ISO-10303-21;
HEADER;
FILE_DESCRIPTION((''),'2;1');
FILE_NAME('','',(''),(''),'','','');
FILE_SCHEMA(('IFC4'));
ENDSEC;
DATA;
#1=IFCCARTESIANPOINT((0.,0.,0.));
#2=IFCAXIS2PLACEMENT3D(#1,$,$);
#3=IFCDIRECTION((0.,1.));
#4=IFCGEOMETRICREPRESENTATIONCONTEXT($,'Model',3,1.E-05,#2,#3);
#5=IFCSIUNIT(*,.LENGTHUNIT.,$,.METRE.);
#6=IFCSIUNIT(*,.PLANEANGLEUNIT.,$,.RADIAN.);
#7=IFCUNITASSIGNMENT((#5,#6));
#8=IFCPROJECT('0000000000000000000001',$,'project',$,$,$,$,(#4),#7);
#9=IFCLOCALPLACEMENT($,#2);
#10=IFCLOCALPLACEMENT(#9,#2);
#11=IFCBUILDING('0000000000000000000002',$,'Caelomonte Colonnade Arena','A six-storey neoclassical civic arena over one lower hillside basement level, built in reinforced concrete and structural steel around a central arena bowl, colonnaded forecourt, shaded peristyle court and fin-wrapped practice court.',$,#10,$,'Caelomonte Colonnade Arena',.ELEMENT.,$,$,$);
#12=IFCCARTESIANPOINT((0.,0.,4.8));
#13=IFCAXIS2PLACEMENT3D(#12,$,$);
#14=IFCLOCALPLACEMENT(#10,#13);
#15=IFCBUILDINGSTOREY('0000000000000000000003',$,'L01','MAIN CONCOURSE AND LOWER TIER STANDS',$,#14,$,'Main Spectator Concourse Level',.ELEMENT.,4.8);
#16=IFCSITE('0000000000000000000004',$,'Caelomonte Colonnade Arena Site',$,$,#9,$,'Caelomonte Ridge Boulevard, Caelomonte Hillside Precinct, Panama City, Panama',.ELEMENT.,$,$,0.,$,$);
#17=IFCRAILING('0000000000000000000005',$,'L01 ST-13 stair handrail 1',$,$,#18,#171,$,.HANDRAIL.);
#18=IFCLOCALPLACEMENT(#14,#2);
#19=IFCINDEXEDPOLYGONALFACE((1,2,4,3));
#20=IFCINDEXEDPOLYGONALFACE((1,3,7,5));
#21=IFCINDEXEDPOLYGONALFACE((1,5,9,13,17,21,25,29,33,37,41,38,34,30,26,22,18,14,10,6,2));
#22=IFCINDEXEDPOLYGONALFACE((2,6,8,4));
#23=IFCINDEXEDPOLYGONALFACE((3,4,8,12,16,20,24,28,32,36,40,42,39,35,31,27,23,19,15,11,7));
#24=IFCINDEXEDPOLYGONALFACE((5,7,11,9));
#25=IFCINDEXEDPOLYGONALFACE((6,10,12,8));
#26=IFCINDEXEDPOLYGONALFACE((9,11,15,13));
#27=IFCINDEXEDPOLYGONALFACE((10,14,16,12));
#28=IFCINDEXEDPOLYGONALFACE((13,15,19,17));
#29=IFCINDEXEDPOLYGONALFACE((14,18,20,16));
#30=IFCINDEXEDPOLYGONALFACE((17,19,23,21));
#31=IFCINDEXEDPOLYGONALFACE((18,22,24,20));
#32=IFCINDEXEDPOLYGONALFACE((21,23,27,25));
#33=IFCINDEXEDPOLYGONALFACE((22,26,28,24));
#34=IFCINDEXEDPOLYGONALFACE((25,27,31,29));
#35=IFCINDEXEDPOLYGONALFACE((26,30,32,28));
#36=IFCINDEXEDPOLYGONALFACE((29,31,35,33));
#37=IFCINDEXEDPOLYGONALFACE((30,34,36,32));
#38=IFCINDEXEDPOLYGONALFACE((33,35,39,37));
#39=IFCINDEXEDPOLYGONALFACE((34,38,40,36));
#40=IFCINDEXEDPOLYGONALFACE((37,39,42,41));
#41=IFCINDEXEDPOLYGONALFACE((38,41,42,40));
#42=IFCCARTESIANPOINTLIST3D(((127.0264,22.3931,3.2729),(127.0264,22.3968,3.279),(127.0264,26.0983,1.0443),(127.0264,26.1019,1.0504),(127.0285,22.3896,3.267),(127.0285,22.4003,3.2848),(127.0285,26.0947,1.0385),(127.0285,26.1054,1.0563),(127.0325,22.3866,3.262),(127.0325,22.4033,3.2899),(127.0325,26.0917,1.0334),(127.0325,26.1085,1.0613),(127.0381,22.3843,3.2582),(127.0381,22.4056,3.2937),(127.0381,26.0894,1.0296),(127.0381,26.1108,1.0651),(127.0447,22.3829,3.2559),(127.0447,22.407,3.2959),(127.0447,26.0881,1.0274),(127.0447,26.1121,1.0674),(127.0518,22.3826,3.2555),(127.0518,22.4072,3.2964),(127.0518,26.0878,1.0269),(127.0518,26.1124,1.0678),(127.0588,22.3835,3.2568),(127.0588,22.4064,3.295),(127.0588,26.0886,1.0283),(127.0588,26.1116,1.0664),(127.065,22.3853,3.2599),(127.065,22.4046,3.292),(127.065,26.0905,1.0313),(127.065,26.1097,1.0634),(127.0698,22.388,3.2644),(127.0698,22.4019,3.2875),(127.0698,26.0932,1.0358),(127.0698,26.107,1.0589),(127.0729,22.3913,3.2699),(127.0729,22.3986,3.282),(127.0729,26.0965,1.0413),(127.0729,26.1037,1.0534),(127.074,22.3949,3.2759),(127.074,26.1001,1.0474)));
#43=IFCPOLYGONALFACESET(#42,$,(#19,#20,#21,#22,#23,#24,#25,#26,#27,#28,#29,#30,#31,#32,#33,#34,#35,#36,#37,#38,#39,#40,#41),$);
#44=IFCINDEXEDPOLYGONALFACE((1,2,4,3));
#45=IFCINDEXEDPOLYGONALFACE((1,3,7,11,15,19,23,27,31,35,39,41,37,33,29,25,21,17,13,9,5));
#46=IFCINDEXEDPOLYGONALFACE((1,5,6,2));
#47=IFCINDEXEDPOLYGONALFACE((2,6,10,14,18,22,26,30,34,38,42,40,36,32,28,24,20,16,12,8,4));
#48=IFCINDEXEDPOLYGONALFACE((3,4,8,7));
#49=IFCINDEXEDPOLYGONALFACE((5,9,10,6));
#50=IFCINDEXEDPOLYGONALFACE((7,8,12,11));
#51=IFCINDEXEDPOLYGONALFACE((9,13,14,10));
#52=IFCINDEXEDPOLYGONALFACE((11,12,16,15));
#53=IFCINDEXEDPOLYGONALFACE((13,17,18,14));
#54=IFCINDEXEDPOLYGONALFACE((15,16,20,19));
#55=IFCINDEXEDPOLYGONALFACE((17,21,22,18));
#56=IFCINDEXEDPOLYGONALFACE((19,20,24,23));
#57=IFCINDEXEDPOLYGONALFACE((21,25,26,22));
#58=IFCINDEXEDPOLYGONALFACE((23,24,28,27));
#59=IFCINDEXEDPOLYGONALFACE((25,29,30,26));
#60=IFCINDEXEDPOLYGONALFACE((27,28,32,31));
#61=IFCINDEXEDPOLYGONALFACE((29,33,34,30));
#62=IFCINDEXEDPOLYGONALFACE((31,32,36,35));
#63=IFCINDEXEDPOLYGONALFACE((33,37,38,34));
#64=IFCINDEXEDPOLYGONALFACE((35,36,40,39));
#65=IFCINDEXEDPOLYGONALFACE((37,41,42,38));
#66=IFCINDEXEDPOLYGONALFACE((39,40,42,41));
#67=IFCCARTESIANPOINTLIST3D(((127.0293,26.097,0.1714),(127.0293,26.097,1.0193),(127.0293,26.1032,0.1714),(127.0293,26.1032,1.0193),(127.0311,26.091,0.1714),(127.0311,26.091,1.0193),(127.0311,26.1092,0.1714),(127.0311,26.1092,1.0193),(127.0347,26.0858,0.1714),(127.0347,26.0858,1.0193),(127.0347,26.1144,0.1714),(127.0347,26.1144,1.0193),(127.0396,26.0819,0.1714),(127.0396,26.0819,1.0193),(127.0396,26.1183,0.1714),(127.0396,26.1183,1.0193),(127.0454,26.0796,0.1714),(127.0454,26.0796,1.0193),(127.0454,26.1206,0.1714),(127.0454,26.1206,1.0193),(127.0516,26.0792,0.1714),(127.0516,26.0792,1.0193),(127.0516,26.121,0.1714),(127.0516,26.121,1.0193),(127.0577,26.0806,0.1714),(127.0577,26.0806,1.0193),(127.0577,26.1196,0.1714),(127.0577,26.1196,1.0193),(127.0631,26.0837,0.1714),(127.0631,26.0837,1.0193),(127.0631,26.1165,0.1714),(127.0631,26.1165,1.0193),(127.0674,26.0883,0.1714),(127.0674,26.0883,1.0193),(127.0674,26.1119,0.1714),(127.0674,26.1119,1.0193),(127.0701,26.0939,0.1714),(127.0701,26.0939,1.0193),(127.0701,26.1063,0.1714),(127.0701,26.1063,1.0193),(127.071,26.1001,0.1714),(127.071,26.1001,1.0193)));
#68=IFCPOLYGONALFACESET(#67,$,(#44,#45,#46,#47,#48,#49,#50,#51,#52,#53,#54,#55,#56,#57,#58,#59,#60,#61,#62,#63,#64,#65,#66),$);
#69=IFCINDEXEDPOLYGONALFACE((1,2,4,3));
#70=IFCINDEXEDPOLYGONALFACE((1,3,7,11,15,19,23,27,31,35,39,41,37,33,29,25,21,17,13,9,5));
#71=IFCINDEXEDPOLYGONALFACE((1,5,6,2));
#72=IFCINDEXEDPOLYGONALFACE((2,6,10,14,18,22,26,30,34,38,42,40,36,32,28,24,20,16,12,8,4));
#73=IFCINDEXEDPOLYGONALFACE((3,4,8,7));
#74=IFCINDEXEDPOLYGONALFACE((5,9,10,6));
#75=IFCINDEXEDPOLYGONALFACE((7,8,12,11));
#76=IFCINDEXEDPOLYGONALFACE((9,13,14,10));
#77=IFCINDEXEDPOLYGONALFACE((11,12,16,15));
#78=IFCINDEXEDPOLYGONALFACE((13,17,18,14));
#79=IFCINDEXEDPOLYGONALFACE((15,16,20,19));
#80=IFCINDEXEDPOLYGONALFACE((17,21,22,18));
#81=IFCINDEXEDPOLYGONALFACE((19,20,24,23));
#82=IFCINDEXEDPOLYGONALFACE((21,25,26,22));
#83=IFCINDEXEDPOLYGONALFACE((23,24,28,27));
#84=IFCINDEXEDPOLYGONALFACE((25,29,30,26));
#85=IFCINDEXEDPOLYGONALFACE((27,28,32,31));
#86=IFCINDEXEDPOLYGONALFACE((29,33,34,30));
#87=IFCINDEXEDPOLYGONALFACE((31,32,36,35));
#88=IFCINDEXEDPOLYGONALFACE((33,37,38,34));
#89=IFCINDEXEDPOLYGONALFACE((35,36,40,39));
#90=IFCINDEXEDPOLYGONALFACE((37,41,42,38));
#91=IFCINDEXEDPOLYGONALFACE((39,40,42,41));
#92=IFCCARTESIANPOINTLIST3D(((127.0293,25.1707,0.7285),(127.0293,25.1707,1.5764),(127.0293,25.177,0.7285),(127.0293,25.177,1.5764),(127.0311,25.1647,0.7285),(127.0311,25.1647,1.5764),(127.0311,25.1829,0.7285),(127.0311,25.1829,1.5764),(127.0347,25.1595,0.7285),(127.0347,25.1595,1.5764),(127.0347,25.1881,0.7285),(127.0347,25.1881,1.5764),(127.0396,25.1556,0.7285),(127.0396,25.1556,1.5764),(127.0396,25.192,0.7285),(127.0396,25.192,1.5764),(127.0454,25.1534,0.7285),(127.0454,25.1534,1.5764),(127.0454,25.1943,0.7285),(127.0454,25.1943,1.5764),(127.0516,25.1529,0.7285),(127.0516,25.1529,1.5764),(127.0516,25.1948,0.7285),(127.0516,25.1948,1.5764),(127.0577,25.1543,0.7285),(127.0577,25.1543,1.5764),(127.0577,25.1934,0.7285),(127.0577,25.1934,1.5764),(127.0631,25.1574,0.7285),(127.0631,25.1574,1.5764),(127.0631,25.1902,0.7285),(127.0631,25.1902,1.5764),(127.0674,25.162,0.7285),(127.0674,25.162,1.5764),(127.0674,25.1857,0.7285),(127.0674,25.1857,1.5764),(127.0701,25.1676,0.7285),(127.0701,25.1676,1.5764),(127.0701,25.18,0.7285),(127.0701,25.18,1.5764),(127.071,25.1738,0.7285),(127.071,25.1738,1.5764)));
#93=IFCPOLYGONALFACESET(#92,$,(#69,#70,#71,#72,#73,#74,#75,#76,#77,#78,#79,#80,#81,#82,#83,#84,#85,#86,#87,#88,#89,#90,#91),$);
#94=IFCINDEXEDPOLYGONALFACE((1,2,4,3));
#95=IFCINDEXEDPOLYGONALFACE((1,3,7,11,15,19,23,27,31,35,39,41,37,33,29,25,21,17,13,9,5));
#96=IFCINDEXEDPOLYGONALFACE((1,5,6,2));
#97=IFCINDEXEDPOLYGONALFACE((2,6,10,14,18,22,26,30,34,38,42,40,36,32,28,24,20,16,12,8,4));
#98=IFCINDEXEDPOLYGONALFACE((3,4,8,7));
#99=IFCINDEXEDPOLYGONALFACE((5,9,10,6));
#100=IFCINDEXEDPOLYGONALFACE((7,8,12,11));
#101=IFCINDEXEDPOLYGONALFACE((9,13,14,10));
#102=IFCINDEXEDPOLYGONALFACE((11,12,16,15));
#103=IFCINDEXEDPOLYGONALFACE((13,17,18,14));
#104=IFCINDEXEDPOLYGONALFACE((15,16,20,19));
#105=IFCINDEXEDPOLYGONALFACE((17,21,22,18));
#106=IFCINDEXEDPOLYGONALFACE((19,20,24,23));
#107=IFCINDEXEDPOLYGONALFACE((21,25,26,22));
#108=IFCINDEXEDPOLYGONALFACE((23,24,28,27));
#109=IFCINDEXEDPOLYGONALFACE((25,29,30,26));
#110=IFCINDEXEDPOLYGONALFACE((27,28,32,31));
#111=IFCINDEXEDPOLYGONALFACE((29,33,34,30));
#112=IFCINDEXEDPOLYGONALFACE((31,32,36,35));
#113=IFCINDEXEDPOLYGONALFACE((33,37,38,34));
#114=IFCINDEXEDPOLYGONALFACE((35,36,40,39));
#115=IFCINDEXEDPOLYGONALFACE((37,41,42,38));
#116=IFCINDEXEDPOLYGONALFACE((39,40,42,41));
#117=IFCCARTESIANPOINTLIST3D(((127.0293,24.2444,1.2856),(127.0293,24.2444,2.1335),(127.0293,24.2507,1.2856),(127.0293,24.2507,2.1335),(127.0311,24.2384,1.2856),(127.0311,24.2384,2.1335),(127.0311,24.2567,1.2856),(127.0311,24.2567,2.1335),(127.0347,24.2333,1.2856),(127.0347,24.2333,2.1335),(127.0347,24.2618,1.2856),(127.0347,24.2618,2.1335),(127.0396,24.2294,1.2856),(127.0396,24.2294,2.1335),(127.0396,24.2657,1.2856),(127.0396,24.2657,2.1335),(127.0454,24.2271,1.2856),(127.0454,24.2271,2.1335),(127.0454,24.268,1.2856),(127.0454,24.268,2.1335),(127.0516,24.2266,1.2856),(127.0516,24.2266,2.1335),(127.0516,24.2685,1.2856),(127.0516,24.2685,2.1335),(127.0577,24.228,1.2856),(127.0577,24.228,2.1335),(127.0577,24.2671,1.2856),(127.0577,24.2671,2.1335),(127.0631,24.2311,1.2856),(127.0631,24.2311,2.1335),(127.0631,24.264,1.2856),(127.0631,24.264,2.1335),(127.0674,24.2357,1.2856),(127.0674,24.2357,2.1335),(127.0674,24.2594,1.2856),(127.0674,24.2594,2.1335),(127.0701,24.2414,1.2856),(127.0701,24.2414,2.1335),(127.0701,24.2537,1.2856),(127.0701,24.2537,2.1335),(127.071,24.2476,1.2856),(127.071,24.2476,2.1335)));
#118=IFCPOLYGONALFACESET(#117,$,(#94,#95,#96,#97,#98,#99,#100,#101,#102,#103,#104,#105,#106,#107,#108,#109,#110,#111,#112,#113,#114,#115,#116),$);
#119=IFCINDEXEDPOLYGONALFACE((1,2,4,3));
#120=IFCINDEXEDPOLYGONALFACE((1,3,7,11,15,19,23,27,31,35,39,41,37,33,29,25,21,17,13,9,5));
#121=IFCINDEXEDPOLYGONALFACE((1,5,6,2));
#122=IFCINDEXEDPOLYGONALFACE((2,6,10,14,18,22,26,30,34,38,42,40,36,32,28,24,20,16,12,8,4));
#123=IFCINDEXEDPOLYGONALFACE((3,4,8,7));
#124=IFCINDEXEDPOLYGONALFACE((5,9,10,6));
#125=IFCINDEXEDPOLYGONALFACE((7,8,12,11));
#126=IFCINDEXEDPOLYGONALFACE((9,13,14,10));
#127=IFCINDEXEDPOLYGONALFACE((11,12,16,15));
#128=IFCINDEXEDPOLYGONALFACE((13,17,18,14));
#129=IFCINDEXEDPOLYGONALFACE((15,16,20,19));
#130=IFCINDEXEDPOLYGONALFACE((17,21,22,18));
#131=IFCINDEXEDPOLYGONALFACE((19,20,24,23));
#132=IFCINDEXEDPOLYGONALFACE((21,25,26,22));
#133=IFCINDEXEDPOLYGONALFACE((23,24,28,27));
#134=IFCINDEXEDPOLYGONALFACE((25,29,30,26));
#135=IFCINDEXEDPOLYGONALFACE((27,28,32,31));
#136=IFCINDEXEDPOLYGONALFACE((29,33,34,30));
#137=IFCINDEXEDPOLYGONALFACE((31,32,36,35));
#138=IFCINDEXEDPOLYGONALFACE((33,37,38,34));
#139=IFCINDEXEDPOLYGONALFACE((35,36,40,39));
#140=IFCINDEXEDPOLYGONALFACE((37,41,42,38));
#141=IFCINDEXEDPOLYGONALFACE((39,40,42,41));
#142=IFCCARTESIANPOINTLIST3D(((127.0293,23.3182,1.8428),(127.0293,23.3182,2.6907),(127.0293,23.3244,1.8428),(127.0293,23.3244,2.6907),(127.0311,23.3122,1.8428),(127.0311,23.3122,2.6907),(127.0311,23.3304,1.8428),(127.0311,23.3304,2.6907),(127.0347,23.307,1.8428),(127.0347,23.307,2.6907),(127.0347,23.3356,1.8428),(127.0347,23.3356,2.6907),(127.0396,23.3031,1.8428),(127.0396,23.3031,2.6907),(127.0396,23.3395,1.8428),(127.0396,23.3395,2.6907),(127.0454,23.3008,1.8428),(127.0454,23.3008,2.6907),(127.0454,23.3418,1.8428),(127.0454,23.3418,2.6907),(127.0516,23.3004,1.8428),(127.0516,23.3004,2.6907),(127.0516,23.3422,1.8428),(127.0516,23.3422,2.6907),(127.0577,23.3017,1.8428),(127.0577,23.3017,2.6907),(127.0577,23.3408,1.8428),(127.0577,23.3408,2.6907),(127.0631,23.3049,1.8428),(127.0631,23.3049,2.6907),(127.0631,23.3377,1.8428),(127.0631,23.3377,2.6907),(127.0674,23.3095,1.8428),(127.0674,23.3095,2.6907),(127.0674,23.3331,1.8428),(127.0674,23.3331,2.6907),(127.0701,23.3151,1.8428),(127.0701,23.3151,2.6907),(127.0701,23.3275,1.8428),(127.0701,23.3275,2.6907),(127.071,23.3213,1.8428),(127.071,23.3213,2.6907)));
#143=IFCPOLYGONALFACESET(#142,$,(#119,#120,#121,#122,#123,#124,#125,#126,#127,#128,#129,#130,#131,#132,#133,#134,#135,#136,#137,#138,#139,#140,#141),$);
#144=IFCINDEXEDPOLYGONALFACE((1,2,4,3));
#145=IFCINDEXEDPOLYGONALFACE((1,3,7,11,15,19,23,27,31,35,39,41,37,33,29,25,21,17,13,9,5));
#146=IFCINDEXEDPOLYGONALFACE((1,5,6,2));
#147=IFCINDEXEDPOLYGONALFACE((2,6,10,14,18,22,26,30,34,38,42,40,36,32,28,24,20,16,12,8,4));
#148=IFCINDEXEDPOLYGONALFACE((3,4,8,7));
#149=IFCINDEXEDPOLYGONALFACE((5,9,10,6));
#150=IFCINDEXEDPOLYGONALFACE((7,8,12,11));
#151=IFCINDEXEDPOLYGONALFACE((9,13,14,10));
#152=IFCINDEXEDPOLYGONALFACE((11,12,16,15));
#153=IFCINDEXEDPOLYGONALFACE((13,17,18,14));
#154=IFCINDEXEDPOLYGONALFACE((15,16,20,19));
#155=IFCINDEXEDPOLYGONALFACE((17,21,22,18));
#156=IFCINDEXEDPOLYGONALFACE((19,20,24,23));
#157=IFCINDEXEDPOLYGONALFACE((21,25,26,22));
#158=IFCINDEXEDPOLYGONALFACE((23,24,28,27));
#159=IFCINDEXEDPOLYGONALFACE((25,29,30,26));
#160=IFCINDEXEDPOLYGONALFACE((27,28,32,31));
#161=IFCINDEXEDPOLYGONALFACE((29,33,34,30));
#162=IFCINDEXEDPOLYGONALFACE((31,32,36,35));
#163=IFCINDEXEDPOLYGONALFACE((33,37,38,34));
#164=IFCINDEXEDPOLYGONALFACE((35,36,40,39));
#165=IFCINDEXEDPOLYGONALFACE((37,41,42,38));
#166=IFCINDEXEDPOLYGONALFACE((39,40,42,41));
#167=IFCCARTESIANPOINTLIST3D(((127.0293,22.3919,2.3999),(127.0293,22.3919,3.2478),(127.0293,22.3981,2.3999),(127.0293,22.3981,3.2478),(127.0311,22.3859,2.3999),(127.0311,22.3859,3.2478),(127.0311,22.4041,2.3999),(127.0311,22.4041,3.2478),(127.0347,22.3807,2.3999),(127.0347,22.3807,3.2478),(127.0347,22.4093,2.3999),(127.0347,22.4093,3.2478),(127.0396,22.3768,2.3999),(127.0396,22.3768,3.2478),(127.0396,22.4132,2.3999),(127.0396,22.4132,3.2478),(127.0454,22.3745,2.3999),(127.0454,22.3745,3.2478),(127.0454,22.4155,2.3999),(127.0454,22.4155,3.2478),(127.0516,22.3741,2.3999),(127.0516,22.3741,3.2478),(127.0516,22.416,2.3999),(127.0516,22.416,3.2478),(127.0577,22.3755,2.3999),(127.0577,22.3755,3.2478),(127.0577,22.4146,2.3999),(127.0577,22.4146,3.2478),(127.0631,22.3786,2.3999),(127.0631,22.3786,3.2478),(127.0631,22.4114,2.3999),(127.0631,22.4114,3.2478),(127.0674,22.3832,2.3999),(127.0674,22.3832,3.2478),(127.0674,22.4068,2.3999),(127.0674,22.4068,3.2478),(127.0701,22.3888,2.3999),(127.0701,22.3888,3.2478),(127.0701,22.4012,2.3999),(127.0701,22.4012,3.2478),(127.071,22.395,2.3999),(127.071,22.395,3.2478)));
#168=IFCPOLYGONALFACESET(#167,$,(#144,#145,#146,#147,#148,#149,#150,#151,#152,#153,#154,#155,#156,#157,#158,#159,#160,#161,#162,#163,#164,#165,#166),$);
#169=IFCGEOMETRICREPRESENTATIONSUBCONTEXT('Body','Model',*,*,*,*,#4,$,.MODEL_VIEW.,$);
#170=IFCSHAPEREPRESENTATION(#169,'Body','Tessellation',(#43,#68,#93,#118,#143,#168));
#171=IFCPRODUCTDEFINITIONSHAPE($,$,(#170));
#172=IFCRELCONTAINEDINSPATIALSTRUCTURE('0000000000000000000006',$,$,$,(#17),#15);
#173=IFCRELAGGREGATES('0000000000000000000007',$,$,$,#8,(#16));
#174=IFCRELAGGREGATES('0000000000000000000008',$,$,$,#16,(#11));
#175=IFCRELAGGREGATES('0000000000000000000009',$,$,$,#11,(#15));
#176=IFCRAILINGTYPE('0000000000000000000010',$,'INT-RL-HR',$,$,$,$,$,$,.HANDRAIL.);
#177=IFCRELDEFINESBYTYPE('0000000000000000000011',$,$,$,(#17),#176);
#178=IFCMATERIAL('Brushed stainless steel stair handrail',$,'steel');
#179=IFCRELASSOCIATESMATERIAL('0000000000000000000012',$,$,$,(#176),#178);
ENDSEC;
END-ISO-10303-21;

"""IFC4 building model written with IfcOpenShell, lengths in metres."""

from ifc_helpers import new_model, si_unit, direction, frame, origin, origin_2d, place, context, subcontext, project, spatial, circle, extrude, material, type_object, element, save


model = new_model("IFC4")

# Units and contexts
model_context = context("Model", 3, precision=1e-05, world=origin(), true_north=direction((0.0, 1.0)))
body_context = subcontext(model_context, "Body", "Model", "MODEL_VIEW")
ifc_project = project(units=[si_unit("LENGTHUNIT", "METRE"), si_unit("PLANEANGLEUNIT", "RADIAN")], contexts=[model_context])

# Site, building, storey
site_placement = place(None, origin())
site = spatial("IfcSite", under=ifc_project, at=site_placement, Name="Caelomonte Colonnade Arena Site", LongName="Caelomonte Ridge Boulevard, Caelomonte Hillside Precinct, Panama City, Panama", CompositionType="ELEMENT", RefElevation=0.0)
building_placement = place(site_placement, origin())
building = spatial("IfcBuilding", under=site, at=building_placement, Name="Caelomonte Colonnade Arena", Description="A six-storey neoclassical civic arena over one lower hillside basement level, built in reinforced concrete and structural steel around a central arena bowl, colonnaded forecourt, shaded peristyle court and fin-wrapped practice court.", LongName="Caelomonte Colonnade Arena", CompositionType="ELEMENT")
storey_placement = place(building_placement, frame((0.0, 0.0, 4.8)))
storey = spatial("IfcBuildingStorey", under=building, at=storey_placement, Name="L01", Description="MAIN CONCOURSE AND LOWER TIER STANDS", LongName="Main Spectator Concourse Level", CompositionType="ELEMENT", Elevation=4.8)

# Railing
ifc_material_1 = material(Name="Brushed stainless steel stair handrail", Category="steel")
railing_type_1 = type_object("IfcRailingType", Name="INT-RL-HR", PredefinedType="HANDRAIL", material=ifc_material_1)
railing_1_placement = place(storey_placement, frame((127.05, 26.1001, 0.1714)))
element("IfcRailing", 1, at=railing_1_placement, inside=storey, type_object=railing_type_1, Name="L01 ST-13 stair handrail 1", PredefinedType="HANDRAIL", context=body_context, shape_type="SweptSolid", body=[
    extrude(circle(Radius=0.0239, at=origin_2d()), frame((0.0, 0.0, 0.876), z_axis=(0.0, -0.856934, 0.515425), x_axis=(1.0, 0.0, 0.0)), (0.0, 0.0, 1.0), 4.3237),
    extrude(circle(Radius=0.021, at=origin_2d()), origin(), (0.0, 0.0, 1.0), 0.8479),
    extrude(circle(Radius=0.021, at=origin_2d()), frame((0.0, -0.9263, 0.5571)), (0.0, 0.0, 1.0), 0.8479),
    extrude(circle(Radius=0.021, at=origin_2d()), frame((0.0, -1.8525, 1.1143)), (0.0, 0.0, 1.0), 0.8479),
    extrude(circle(Radius=0.021, at=origin_2d()), frame((0.0, -2.7788, 1.6714)), (0.0, 0.0, 1.0), 0.8479),
    extrude(circle(Radius=0.021, at=origin_2d()), frame((0.0, -3.7051, 2.2285)), (0.0, 0.0, 1.0), 0.8479),
])

save(model, "model.ifc")
